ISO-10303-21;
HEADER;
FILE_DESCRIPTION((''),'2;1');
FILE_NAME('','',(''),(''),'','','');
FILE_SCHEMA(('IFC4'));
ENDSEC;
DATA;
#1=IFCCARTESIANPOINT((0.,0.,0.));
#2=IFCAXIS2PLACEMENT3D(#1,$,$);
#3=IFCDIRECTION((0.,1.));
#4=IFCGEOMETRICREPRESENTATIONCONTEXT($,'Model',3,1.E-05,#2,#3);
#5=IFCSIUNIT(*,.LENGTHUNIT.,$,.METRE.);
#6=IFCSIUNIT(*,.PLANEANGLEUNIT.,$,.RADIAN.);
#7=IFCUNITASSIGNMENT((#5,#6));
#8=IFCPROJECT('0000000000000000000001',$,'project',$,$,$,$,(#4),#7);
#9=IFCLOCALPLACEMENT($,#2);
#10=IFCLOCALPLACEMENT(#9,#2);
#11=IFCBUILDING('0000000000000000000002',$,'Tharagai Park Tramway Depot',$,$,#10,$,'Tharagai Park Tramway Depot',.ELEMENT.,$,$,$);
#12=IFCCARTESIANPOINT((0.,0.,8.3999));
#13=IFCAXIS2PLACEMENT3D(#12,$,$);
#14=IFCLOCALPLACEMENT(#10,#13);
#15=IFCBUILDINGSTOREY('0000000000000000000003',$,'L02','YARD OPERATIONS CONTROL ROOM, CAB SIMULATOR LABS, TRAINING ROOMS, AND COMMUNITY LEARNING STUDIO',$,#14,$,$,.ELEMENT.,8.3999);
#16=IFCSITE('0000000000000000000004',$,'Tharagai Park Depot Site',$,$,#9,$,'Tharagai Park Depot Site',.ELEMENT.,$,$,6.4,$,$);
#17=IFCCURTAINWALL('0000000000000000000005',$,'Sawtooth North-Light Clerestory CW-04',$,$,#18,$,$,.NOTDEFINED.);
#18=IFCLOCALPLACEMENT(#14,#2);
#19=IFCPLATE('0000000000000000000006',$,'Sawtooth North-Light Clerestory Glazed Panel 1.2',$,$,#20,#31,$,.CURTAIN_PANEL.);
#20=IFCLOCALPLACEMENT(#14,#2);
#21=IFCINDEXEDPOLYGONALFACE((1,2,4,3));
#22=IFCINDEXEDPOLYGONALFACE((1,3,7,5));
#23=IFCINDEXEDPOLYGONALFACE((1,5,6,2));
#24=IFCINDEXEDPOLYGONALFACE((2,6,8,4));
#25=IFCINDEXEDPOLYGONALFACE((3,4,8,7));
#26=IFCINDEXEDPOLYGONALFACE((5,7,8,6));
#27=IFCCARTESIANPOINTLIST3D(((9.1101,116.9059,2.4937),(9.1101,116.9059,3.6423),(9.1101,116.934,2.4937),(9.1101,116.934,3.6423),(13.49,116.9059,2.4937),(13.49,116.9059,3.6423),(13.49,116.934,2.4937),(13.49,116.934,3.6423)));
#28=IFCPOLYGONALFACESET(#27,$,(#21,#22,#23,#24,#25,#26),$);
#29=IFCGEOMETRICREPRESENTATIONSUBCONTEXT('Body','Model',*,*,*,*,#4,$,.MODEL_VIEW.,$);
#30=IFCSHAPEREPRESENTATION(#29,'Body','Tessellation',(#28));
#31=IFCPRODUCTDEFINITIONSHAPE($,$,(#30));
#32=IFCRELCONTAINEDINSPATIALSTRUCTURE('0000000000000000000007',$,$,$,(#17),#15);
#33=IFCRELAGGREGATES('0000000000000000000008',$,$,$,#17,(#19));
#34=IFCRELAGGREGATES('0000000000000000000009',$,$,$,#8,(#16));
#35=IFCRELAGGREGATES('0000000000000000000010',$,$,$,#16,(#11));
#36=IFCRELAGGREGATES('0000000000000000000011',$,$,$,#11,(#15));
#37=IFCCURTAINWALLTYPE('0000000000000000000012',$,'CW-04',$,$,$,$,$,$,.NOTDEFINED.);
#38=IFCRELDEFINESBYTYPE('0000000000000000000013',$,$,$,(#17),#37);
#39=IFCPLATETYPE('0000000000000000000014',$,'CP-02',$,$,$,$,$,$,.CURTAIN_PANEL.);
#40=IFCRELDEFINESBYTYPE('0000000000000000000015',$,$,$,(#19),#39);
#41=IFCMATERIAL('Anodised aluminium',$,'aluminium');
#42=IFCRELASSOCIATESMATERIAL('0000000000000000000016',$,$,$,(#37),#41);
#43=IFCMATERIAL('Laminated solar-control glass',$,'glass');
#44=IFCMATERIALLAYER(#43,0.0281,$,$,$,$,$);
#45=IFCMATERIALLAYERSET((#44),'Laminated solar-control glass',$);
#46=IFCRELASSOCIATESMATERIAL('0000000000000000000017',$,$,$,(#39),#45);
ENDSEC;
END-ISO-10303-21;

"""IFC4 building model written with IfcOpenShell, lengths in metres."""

from ifc_helpers import new_model, si_unit, direction, frame, origin, origin_2d, place, context, subcontext, project, spatial, rectangle, extrude, material, layer, layer_set, type_object, element, aggregate, save


model = new_model("IFC4")

# Units and contexts
model_context = context("Model", 3, precision=1e-05, world=origin(), true_north=direction((0.0, 1.0)))
body_context = subcontext(model_context, "Body", "Model", "MODEL_VIEW")
ifc_project = project(units=[si_unit("LENGTHUNIT", "METRE"), si_unit("PLANEANGLEUNIT", "RADIAN")], contexts=[model_context])

# Site, building, storey
site_placement = place(None, origin())
site = spatial("IfcSite", under=ifc_project, at=site_placement, Name="Tharagai Park Depot Site", LongName="Tharagai Park Depot Site", CompositionType="ELEMENT", RefElevation=6.4)
building_placement = place(site_placement, origin())
building = spatial("IfcBuilding", under=site, at=building_placement, Name="Tharagai Park Tramway Depot", LongName="Tharagai Park Tramway Depot", CompositionType="ELEMENT")
storey_placement = place(building_placement, frame((0.0, 0.0, 8.3999)))
storey = spatial("IfcBuildingStorey", under=building, at=storey_placement, Name="L02", Description="YARD OPERATIONS CONTROL ROOM, CAB SIMULATOR LABS, TRAINING ROOMS, AND COMMUNITY LEARNING STUDIO", CompositionType="ELEMENT", Elevation=8.3999)

# Curtain wall
ifc_material_1 = material(Name="Anodised aluminium", Category="aluminium")
curtain_wall_type = type_object("IfcCurtainWallType", Name="CW-04", PredefinedType="NOTDEFINED", material=ifc_material_1)
curtain_wall_1_placement = place(storey_placement, origin())
curtain_wall_1 = element("IfcCurtainWall", 1, at=curtain_wall_1_placement, inside=storey, type_object=curtain_wall_type, Name="Sawtooth North-Light Clerestory CW-04", PredefinedType="NOTDEFINED")

# Plate
ifc_material_2 = material(Name="Laminated solar-control glass", Category="glass")
ifc_layer = layer(ifc_material_2, 0.0281)
ifc_layer_set = layer_set([ifc_layer], Name="Laminated solar-control glass")
plate_type = type_object("IfcPlateType", Name="CP-02", PredefinedType="CURTAIN_PANEL", material=ifc_layer_set)
plate_1_placement = place(storey_placement, frame((11.3, 116.9199, 2.4937), z_axis=(0.0, 0.0, 1.0), x_axis=(1.0, 0.0, 0.0)))
plate_1 = element("IfcPlate", 2, at=plate_1_placement, type_object=plate_type, Name="Sawtooth North-Light Clerestory Glazed Panel 1.2", PredefinedType="CURTAIN_PANEL", context=body_context, shape_type="SweptSolid", body=[
    extrude(rectangle(XDim=4.3799, YDim=0.0281, at=origin_2d()), origin(), (0.0, 0.0, 1.0), 1.1487),
])
aggregate(curtain_wall_1, [plate_1])

save(model, "model.ifc")
